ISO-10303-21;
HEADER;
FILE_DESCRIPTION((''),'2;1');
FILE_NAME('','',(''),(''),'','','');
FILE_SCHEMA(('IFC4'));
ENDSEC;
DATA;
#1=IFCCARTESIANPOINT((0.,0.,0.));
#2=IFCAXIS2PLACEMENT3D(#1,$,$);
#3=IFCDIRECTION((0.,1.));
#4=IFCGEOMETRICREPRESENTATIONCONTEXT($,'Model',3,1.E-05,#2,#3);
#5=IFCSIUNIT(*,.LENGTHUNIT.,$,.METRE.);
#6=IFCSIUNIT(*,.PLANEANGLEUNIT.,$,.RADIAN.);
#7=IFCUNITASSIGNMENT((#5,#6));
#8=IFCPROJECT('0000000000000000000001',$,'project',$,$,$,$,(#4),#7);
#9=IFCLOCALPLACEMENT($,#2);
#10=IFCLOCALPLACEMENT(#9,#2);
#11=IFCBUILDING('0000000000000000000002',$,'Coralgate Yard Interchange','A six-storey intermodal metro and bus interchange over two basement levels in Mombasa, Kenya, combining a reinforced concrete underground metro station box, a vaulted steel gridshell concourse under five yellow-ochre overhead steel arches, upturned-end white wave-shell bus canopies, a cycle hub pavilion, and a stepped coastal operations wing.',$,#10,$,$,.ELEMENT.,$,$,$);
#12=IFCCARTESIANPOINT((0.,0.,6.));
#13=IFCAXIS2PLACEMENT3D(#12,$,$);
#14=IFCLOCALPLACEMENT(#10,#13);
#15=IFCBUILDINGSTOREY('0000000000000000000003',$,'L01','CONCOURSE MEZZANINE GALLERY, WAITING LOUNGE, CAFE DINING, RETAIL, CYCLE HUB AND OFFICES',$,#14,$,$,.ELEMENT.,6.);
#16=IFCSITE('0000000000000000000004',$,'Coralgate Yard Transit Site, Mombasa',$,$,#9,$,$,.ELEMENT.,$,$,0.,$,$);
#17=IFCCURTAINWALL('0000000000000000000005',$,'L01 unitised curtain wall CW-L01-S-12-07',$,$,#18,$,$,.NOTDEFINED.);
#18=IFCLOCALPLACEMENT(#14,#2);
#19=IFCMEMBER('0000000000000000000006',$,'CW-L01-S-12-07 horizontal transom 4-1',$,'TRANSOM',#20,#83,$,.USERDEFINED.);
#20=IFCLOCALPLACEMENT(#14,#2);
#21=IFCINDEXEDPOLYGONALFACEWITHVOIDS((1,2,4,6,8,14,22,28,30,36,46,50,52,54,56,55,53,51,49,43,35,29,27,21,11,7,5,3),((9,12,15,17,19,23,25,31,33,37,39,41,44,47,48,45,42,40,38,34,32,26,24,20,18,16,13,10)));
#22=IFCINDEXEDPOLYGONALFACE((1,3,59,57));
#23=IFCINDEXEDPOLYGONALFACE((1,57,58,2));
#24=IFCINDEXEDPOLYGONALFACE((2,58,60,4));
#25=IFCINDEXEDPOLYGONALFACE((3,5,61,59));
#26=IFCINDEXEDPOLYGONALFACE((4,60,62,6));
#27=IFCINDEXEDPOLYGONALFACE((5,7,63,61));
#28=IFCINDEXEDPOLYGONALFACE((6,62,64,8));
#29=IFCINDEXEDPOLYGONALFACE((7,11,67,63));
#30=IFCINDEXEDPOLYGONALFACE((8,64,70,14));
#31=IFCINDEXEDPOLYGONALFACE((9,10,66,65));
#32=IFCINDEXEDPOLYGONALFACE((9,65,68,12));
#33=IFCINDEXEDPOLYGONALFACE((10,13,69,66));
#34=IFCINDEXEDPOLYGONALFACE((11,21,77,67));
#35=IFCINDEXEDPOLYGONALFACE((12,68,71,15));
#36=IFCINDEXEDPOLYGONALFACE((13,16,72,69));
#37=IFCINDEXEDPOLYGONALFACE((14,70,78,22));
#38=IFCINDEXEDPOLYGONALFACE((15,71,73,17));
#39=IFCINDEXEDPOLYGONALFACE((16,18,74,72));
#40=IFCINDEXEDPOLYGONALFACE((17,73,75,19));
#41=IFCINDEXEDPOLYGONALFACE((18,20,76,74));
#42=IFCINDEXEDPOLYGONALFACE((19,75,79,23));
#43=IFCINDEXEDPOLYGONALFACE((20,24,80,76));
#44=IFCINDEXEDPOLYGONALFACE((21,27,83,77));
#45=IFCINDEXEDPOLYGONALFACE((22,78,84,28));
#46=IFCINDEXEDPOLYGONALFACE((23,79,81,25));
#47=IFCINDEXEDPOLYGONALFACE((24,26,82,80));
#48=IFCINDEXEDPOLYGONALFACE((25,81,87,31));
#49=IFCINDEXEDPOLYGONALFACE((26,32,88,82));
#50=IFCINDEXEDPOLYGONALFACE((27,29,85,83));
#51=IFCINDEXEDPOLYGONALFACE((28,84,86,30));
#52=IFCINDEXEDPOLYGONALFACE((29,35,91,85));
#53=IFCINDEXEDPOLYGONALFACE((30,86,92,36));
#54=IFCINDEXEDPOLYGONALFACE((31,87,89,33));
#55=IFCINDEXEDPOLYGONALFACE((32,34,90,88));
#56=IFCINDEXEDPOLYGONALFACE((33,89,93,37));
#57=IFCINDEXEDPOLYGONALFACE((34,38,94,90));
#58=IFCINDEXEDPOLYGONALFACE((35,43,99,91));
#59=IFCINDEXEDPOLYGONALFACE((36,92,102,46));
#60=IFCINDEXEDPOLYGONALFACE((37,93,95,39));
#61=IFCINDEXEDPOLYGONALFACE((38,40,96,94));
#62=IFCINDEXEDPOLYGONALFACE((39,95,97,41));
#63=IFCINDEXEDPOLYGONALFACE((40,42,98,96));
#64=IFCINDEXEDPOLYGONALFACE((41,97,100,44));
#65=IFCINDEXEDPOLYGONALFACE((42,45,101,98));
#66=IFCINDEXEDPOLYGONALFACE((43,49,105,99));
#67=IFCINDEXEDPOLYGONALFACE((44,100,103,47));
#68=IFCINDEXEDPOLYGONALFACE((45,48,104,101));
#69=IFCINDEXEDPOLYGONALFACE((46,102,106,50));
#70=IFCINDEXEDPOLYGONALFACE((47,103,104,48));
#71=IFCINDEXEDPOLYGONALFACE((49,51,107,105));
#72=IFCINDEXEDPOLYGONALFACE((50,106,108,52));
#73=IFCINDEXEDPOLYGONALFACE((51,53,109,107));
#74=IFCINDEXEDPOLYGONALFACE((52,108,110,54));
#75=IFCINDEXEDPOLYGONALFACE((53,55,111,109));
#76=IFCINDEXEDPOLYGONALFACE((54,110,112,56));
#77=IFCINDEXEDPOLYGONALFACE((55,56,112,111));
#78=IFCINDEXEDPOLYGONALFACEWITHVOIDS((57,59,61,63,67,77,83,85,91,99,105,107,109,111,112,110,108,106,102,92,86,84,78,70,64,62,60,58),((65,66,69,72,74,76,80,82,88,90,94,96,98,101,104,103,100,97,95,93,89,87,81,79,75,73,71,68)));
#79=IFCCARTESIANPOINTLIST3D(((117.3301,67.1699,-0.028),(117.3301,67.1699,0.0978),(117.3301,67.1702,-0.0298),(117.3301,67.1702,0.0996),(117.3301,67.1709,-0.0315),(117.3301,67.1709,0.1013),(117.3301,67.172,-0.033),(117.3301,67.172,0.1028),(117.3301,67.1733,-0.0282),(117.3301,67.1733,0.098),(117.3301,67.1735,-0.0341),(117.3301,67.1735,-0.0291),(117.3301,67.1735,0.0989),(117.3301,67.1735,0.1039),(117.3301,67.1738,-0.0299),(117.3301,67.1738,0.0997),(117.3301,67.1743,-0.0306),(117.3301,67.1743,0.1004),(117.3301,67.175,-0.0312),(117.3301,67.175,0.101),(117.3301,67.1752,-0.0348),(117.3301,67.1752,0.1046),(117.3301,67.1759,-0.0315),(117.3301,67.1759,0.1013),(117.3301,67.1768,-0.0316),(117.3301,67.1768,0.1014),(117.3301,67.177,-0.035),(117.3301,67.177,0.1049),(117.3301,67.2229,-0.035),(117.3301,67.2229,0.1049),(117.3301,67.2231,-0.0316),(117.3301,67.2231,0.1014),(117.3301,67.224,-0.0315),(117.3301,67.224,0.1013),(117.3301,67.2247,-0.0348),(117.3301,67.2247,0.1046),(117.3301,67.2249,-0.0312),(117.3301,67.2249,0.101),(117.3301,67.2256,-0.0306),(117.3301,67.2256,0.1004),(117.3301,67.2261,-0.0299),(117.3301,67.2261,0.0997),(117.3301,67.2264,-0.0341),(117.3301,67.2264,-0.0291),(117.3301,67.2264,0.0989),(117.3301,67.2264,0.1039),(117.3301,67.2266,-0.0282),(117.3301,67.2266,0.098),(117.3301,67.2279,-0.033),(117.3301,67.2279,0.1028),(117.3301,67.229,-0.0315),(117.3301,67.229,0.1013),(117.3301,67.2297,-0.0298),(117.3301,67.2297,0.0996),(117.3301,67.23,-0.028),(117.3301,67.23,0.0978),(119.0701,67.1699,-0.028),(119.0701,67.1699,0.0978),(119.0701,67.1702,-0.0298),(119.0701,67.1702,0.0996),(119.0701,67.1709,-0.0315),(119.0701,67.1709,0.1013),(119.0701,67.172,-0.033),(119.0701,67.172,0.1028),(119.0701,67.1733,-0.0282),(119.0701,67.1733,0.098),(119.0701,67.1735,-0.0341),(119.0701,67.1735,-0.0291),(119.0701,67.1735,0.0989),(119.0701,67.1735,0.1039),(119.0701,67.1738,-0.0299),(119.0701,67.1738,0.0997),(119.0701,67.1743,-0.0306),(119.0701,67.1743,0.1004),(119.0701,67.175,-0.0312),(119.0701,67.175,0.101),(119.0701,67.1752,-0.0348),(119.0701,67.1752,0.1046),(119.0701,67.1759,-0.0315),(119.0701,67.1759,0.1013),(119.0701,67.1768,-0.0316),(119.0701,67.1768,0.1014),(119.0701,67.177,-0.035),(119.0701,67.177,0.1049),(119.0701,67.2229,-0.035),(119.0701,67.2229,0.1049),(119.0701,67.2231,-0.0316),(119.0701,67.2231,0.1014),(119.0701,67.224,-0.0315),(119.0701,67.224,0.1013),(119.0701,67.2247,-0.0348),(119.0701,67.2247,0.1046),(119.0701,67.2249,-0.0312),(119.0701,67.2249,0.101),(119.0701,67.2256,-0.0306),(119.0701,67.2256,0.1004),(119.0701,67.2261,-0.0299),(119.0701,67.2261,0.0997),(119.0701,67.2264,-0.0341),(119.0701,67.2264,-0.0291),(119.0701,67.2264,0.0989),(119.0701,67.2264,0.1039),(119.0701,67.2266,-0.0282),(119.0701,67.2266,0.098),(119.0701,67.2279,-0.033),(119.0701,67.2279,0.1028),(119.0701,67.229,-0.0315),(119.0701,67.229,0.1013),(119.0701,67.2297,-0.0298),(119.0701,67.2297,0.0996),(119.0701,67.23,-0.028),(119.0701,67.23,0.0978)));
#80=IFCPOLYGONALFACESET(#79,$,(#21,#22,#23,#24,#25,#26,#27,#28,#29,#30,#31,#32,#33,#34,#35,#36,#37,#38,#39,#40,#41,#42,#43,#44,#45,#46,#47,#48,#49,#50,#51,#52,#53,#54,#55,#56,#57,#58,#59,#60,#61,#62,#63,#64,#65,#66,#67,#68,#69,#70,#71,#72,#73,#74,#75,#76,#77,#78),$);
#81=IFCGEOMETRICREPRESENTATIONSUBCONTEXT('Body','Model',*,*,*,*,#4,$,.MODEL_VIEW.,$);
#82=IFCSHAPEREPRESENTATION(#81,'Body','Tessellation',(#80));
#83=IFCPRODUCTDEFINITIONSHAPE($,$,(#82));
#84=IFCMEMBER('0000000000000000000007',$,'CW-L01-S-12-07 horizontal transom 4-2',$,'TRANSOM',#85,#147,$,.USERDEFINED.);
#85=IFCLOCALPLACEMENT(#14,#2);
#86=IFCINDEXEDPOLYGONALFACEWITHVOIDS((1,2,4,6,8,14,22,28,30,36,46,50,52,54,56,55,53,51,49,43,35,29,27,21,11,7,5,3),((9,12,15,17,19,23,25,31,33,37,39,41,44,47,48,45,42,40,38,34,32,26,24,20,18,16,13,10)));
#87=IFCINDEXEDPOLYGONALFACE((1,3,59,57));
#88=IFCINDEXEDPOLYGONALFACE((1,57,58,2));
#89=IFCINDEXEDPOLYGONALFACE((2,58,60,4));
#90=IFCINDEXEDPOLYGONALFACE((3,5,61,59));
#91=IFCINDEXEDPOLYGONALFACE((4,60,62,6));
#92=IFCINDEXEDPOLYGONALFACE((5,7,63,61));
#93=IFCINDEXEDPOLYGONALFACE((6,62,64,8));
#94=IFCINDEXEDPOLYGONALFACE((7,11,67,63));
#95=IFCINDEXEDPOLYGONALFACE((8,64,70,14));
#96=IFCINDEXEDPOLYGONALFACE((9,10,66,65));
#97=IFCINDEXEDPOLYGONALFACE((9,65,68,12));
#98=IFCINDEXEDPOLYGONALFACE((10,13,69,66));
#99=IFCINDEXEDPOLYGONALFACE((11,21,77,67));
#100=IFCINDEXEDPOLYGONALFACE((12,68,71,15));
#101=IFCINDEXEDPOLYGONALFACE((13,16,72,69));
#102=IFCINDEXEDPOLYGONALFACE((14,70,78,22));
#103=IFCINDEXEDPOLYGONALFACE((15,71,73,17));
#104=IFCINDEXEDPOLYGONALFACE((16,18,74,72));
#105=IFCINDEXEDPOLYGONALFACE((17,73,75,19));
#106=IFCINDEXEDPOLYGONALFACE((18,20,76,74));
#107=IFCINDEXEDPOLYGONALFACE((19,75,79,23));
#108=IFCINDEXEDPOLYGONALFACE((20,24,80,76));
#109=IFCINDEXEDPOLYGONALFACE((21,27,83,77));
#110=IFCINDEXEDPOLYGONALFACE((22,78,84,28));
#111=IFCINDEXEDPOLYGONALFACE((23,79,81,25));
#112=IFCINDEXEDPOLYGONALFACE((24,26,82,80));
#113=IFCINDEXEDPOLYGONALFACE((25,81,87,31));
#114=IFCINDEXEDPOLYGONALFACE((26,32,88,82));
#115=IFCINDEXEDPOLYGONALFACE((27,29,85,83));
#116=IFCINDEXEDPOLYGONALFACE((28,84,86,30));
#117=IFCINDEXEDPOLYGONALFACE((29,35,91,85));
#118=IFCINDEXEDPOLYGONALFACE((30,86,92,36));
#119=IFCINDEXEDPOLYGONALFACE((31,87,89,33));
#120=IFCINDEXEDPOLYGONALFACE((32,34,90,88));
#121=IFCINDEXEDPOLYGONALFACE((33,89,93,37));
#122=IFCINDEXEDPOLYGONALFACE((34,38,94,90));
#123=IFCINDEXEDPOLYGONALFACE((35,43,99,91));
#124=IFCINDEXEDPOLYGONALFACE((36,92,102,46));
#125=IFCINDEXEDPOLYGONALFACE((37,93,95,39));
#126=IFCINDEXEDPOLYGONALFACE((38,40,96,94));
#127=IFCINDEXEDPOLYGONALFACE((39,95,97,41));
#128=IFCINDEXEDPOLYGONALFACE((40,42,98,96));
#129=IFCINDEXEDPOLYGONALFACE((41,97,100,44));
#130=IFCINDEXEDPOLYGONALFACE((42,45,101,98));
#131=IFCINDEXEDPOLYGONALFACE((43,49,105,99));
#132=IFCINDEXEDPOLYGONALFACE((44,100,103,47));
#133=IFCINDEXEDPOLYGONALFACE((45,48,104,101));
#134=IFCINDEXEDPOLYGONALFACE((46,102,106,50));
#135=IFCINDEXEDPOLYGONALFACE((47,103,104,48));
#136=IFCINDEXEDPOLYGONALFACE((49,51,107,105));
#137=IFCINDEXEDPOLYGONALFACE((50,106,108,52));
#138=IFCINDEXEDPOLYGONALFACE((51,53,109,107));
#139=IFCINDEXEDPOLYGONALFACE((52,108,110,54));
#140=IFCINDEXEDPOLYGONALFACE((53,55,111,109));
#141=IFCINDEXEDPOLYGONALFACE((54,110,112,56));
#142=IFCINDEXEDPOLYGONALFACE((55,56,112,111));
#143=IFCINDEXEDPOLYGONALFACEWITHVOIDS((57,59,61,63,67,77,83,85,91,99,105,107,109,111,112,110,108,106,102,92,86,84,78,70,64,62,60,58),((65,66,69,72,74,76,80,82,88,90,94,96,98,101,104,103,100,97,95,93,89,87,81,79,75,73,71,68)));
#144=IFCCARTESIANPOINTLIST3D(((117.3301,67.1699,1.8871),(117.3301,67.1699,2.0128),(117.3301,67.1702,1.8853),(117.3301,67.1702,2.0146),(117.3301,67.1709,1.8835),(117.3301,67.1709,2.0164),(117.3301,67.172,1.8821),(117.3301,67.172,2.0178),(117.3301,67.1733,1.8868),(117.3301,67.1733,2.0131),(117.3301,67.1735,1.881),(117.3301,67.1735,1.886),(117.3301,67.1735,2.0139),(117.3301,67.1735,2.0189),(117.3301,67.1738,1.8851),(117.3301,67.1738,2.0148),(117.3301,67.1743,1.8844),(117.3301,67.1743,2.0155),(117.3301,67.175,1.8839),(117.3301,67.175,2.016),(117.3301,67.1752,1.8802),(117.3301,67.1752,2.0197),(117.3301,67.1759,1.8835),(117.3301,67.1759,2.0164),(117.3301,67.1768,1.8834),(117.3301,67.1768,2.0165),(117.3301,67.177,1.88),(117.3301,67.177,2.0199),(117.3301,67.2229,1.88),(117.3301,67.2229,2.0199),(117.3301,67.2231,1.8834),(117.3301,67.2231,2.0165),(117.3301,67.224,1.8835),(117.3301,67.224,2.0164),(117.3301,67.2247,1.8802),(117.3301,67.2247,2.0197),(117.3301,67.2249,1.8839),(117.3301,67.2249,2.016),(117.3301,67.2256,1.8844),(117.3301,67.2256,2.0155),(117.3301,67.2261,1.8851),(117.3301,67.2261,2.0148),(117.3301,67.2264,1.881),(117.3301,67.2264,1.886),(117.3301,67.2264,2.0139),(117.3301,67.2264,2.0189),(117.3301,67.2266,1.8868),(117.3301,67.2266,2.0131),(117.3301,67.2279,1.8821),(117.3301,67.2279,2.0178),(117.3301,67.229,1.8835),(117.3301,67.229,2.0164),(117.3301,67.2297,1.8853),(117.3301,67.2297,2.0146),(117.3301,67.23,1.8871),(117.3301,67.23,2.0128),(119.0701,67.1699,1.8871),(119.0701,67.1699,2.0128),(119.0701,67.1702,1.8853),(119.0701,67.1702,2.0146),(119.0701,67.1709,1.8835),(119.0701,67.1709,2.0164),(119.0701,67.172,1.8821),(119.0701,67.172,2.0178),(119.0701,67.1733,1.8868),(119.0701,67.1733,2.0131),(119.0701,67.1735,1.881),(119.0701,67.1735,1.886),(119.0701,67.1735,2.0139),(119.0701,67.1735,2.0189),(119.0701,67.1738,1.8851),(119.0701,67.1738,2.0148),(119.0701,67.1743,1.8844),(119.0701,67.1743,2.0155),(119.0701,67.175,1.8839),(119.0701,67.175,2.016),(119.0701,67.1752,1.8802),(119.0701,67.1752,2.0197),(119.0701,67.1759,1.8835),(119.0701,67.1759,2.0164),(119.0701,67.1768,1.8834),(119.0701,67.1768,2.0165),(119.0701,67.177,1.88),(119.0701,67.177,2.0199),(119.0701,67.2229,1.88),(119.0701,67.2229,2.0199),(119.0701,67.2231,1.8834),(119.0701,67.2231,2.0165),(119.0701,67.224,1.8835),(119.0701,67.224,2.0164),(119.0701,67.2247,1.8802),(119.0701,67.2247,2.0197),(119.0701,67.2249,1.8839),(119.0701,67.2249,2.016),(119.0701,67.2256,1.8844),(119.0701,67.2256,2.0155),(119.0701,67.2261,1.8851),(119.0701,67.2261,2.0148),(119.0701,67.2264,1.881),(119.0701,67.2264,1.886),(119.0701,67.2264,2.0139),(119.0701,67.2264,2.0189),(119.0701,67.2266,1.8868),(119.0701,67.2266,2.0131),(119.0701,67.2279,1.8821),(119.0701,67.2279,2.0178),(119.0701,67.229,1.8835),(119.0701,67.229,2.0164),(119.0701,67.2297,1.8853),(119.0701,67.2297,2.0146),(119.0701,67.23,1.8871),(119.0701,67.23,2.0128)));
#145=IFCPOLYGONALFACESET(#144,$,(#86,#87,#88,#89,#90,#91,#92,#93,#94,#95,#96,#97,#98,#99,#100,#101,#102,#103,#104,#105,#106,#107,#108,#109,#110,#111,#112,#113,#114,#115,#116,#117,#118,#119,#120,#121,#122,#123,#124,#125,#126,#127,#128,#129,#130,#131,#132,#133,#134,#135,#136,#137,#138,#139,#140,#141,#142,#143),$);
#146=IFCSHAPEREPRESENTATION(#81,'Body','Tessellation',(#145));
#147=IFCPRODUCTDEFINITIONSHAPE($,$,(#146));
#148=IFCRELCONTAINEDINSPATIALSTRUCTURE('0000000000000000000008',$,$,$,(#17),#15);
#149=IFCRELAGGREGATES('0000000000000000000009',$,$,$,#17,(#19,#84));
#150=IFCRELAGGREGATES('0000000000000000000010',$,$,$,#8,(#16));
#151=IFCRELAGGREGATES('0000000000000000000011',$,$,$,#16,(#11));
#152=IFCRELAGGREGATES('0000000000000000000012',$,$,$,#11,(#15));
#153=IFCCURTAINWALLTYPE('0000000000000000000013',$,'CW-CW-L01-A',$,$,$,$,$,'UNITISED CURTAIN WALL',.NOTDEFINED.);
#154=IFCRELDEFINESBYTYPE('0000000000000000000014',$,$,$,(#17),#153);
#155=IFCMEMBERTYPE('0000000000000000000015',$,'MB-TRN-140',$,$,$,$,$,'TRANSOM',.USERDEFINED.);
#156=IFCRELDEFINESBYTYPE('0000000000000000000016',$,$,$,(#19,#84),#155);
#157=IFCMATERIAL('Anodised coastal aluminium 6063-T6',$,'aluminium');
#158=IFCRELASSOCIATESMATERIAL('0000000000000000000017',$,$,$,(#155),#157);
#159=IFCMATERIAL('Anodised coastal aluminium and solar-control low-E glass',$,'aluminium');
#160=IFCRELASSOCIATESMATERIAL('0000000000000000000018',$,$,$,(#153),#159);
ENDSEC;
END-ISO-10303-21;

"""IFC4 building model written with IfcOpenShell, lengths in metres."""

from ifc_helpers import new_model, si_unit, direction, frame, origin, origin_2d, place, context, subcontext, project, spatial, hollow_rectangle, extrude, material, material_profile, profile_set, type_object, element, aggregate, save


model = new_model("IFC4")

# Units and contexts
model_context = context("Model", 3, precision=1e-05, world=origin(), true_north=direction((0.0, 1.0)))
body_context = subcontext(model_context, "Body", "Model", "MODEL_VIEW")
ifc_project = project(units=[si_unit("LENGTHUNIT", "METRE"), si_unit("PLANEANGLEUNIT", "RADIAN")], contexts=[model_context])

# Site, building, storey
site_placement = place(None, origin())
site = spatial("IfcSite", under=ifc_project, at=site_placement, Name="Coralgate Yard Transit Site, Mombasa", CompositionType="ELEMENT", RefElevation=0.0)
building_placement = place(site_placement, origin())
building = spatial("IfcBuilding", under=site, at=building_placement, Name="Coralgate Yard Interchange", Description="A six-storey intermodal metro and bus interchange over two basement levels in Mombasa, Kenya, combining a reinforced concrete underground metro station box, a vaulted steel gridshell concourse under five yellow-ochre overhead steel arches, upturned-end white wave-shell bus canopies, a cycle hub pavilion, and a stepped coastal operations wing.", CompositionType="ELEMENT")
storey_placement = place(building_placement, frame((0.0, 0.0, 6.0)))
storey = spatial("IfcBuildingStorey", under=building, at=storey_placement, Name="L01", Description="CONCOURSE MEZZANINE GALLERY, WAITING LOUNGE, CAFE DINING, RETAIL, CYCLE HUB AND OFFICES", CompositionType="ELEMENT", Elevation=6.0)

# Curtain wall, members
ifc_material_1 = material(Name="Anodised coastal aluminium and solar-control low-E glass", Category="aluminium")
ifc_material_2 = material(Name="Anodised coastal aluminium 6063-T6", Category="aluminium")
ifc_material_profile_1 = material_profile(ifc_material_2, hollow_rectangle(XDim=0.0601, YDim=0.1399, WallThickness=0.0034, InnerFilletRadius=0.0034, OuterFilletRadius=0.0071, at=origin_2d()), Name="ALU 60x140x3.5")
ifc_profile_set_1 = profile_set([ifc_material_profile_1], Name="Anodised coastal aluminium 6063-T6")
member_type_1 = type_object("IfcMemberType", Name="MB-TRN-140", ElementType="TRANSOM", PredefinedType="USERDEFINED", material=ifc_profile_set_1)
curtain_wall_type_1 = type_object("IfcCurtainWallType", Name="CW-CW-L01-A", ElementType="UNITISED CURTAIN WALL", PredefinedType="NOTDEFINED", material=ifc_material_1)
curtain_wall_1_placement = place(storey_placement, origin())
curtain_wall_1 = element("IfcCurtainWall", 1, at=curtain_wall_1_placement, inside=storey, type_object=curtain_wall_type_1, Name="L01 unitised curtain wall CW-L01-S-12-07", PredefinedType="NOTDEFINED")
member_1_placement = place(storey_placement, frame((119.0701, 67.2, 0.0349), z_axis=(-1.0, 0.0, 0.0), x_axis=(0.0, -1.0, 0.0)))
member_1 = element("IfcMember", 2, at=member_1_placement, type_object=member_type_1, Name="CW-L01-S-12-07 horizontal transom 4-1", ObjectType="TRANSOM", PredefinedType="USERDEFINED", context=body_context, shape_type="SweptSolid", body=[
    extrude(hollow_rectangle(XDim=0.0601, YDim=0.1399, WallThickness=0.0034, InnerFilletRadius=0.0034, OuterFilletRadius=0.0071, at=origin_2d()), origin(), (0.0, 0.0, 1.0), 1.74),
])
member_2_placement = place(storey_placement, frame((119.0701, 67.2, 1.95), z_axis=(-1.0, 0.0, 0.0), x_axis=(0.0, -1.0, 0.0)))
member_2 = element("IfcMember", 3, at=member_2_placement, type_object=member_type_1, Name="CW-L01-S-12-07 horizontal transom 4-2", ObjectType="TRANSOM", PredefinedType="USERDEFINED", context=body_context, shape_type="SweptSolid", body=[
    extrude(hollow_rectangle(XDim=0.0601, YDim=0.1399, WallThickness=0.0034, InnerFilletRadius=0.0034, OuterFilletRadius=0.0071, at=origin_2d()), origin(), (0.0, 0.0, 1.0), 1.74),
])

aggregate(curtain_wall_1, [member_1, member_2])

save(model, "model.ifc")
